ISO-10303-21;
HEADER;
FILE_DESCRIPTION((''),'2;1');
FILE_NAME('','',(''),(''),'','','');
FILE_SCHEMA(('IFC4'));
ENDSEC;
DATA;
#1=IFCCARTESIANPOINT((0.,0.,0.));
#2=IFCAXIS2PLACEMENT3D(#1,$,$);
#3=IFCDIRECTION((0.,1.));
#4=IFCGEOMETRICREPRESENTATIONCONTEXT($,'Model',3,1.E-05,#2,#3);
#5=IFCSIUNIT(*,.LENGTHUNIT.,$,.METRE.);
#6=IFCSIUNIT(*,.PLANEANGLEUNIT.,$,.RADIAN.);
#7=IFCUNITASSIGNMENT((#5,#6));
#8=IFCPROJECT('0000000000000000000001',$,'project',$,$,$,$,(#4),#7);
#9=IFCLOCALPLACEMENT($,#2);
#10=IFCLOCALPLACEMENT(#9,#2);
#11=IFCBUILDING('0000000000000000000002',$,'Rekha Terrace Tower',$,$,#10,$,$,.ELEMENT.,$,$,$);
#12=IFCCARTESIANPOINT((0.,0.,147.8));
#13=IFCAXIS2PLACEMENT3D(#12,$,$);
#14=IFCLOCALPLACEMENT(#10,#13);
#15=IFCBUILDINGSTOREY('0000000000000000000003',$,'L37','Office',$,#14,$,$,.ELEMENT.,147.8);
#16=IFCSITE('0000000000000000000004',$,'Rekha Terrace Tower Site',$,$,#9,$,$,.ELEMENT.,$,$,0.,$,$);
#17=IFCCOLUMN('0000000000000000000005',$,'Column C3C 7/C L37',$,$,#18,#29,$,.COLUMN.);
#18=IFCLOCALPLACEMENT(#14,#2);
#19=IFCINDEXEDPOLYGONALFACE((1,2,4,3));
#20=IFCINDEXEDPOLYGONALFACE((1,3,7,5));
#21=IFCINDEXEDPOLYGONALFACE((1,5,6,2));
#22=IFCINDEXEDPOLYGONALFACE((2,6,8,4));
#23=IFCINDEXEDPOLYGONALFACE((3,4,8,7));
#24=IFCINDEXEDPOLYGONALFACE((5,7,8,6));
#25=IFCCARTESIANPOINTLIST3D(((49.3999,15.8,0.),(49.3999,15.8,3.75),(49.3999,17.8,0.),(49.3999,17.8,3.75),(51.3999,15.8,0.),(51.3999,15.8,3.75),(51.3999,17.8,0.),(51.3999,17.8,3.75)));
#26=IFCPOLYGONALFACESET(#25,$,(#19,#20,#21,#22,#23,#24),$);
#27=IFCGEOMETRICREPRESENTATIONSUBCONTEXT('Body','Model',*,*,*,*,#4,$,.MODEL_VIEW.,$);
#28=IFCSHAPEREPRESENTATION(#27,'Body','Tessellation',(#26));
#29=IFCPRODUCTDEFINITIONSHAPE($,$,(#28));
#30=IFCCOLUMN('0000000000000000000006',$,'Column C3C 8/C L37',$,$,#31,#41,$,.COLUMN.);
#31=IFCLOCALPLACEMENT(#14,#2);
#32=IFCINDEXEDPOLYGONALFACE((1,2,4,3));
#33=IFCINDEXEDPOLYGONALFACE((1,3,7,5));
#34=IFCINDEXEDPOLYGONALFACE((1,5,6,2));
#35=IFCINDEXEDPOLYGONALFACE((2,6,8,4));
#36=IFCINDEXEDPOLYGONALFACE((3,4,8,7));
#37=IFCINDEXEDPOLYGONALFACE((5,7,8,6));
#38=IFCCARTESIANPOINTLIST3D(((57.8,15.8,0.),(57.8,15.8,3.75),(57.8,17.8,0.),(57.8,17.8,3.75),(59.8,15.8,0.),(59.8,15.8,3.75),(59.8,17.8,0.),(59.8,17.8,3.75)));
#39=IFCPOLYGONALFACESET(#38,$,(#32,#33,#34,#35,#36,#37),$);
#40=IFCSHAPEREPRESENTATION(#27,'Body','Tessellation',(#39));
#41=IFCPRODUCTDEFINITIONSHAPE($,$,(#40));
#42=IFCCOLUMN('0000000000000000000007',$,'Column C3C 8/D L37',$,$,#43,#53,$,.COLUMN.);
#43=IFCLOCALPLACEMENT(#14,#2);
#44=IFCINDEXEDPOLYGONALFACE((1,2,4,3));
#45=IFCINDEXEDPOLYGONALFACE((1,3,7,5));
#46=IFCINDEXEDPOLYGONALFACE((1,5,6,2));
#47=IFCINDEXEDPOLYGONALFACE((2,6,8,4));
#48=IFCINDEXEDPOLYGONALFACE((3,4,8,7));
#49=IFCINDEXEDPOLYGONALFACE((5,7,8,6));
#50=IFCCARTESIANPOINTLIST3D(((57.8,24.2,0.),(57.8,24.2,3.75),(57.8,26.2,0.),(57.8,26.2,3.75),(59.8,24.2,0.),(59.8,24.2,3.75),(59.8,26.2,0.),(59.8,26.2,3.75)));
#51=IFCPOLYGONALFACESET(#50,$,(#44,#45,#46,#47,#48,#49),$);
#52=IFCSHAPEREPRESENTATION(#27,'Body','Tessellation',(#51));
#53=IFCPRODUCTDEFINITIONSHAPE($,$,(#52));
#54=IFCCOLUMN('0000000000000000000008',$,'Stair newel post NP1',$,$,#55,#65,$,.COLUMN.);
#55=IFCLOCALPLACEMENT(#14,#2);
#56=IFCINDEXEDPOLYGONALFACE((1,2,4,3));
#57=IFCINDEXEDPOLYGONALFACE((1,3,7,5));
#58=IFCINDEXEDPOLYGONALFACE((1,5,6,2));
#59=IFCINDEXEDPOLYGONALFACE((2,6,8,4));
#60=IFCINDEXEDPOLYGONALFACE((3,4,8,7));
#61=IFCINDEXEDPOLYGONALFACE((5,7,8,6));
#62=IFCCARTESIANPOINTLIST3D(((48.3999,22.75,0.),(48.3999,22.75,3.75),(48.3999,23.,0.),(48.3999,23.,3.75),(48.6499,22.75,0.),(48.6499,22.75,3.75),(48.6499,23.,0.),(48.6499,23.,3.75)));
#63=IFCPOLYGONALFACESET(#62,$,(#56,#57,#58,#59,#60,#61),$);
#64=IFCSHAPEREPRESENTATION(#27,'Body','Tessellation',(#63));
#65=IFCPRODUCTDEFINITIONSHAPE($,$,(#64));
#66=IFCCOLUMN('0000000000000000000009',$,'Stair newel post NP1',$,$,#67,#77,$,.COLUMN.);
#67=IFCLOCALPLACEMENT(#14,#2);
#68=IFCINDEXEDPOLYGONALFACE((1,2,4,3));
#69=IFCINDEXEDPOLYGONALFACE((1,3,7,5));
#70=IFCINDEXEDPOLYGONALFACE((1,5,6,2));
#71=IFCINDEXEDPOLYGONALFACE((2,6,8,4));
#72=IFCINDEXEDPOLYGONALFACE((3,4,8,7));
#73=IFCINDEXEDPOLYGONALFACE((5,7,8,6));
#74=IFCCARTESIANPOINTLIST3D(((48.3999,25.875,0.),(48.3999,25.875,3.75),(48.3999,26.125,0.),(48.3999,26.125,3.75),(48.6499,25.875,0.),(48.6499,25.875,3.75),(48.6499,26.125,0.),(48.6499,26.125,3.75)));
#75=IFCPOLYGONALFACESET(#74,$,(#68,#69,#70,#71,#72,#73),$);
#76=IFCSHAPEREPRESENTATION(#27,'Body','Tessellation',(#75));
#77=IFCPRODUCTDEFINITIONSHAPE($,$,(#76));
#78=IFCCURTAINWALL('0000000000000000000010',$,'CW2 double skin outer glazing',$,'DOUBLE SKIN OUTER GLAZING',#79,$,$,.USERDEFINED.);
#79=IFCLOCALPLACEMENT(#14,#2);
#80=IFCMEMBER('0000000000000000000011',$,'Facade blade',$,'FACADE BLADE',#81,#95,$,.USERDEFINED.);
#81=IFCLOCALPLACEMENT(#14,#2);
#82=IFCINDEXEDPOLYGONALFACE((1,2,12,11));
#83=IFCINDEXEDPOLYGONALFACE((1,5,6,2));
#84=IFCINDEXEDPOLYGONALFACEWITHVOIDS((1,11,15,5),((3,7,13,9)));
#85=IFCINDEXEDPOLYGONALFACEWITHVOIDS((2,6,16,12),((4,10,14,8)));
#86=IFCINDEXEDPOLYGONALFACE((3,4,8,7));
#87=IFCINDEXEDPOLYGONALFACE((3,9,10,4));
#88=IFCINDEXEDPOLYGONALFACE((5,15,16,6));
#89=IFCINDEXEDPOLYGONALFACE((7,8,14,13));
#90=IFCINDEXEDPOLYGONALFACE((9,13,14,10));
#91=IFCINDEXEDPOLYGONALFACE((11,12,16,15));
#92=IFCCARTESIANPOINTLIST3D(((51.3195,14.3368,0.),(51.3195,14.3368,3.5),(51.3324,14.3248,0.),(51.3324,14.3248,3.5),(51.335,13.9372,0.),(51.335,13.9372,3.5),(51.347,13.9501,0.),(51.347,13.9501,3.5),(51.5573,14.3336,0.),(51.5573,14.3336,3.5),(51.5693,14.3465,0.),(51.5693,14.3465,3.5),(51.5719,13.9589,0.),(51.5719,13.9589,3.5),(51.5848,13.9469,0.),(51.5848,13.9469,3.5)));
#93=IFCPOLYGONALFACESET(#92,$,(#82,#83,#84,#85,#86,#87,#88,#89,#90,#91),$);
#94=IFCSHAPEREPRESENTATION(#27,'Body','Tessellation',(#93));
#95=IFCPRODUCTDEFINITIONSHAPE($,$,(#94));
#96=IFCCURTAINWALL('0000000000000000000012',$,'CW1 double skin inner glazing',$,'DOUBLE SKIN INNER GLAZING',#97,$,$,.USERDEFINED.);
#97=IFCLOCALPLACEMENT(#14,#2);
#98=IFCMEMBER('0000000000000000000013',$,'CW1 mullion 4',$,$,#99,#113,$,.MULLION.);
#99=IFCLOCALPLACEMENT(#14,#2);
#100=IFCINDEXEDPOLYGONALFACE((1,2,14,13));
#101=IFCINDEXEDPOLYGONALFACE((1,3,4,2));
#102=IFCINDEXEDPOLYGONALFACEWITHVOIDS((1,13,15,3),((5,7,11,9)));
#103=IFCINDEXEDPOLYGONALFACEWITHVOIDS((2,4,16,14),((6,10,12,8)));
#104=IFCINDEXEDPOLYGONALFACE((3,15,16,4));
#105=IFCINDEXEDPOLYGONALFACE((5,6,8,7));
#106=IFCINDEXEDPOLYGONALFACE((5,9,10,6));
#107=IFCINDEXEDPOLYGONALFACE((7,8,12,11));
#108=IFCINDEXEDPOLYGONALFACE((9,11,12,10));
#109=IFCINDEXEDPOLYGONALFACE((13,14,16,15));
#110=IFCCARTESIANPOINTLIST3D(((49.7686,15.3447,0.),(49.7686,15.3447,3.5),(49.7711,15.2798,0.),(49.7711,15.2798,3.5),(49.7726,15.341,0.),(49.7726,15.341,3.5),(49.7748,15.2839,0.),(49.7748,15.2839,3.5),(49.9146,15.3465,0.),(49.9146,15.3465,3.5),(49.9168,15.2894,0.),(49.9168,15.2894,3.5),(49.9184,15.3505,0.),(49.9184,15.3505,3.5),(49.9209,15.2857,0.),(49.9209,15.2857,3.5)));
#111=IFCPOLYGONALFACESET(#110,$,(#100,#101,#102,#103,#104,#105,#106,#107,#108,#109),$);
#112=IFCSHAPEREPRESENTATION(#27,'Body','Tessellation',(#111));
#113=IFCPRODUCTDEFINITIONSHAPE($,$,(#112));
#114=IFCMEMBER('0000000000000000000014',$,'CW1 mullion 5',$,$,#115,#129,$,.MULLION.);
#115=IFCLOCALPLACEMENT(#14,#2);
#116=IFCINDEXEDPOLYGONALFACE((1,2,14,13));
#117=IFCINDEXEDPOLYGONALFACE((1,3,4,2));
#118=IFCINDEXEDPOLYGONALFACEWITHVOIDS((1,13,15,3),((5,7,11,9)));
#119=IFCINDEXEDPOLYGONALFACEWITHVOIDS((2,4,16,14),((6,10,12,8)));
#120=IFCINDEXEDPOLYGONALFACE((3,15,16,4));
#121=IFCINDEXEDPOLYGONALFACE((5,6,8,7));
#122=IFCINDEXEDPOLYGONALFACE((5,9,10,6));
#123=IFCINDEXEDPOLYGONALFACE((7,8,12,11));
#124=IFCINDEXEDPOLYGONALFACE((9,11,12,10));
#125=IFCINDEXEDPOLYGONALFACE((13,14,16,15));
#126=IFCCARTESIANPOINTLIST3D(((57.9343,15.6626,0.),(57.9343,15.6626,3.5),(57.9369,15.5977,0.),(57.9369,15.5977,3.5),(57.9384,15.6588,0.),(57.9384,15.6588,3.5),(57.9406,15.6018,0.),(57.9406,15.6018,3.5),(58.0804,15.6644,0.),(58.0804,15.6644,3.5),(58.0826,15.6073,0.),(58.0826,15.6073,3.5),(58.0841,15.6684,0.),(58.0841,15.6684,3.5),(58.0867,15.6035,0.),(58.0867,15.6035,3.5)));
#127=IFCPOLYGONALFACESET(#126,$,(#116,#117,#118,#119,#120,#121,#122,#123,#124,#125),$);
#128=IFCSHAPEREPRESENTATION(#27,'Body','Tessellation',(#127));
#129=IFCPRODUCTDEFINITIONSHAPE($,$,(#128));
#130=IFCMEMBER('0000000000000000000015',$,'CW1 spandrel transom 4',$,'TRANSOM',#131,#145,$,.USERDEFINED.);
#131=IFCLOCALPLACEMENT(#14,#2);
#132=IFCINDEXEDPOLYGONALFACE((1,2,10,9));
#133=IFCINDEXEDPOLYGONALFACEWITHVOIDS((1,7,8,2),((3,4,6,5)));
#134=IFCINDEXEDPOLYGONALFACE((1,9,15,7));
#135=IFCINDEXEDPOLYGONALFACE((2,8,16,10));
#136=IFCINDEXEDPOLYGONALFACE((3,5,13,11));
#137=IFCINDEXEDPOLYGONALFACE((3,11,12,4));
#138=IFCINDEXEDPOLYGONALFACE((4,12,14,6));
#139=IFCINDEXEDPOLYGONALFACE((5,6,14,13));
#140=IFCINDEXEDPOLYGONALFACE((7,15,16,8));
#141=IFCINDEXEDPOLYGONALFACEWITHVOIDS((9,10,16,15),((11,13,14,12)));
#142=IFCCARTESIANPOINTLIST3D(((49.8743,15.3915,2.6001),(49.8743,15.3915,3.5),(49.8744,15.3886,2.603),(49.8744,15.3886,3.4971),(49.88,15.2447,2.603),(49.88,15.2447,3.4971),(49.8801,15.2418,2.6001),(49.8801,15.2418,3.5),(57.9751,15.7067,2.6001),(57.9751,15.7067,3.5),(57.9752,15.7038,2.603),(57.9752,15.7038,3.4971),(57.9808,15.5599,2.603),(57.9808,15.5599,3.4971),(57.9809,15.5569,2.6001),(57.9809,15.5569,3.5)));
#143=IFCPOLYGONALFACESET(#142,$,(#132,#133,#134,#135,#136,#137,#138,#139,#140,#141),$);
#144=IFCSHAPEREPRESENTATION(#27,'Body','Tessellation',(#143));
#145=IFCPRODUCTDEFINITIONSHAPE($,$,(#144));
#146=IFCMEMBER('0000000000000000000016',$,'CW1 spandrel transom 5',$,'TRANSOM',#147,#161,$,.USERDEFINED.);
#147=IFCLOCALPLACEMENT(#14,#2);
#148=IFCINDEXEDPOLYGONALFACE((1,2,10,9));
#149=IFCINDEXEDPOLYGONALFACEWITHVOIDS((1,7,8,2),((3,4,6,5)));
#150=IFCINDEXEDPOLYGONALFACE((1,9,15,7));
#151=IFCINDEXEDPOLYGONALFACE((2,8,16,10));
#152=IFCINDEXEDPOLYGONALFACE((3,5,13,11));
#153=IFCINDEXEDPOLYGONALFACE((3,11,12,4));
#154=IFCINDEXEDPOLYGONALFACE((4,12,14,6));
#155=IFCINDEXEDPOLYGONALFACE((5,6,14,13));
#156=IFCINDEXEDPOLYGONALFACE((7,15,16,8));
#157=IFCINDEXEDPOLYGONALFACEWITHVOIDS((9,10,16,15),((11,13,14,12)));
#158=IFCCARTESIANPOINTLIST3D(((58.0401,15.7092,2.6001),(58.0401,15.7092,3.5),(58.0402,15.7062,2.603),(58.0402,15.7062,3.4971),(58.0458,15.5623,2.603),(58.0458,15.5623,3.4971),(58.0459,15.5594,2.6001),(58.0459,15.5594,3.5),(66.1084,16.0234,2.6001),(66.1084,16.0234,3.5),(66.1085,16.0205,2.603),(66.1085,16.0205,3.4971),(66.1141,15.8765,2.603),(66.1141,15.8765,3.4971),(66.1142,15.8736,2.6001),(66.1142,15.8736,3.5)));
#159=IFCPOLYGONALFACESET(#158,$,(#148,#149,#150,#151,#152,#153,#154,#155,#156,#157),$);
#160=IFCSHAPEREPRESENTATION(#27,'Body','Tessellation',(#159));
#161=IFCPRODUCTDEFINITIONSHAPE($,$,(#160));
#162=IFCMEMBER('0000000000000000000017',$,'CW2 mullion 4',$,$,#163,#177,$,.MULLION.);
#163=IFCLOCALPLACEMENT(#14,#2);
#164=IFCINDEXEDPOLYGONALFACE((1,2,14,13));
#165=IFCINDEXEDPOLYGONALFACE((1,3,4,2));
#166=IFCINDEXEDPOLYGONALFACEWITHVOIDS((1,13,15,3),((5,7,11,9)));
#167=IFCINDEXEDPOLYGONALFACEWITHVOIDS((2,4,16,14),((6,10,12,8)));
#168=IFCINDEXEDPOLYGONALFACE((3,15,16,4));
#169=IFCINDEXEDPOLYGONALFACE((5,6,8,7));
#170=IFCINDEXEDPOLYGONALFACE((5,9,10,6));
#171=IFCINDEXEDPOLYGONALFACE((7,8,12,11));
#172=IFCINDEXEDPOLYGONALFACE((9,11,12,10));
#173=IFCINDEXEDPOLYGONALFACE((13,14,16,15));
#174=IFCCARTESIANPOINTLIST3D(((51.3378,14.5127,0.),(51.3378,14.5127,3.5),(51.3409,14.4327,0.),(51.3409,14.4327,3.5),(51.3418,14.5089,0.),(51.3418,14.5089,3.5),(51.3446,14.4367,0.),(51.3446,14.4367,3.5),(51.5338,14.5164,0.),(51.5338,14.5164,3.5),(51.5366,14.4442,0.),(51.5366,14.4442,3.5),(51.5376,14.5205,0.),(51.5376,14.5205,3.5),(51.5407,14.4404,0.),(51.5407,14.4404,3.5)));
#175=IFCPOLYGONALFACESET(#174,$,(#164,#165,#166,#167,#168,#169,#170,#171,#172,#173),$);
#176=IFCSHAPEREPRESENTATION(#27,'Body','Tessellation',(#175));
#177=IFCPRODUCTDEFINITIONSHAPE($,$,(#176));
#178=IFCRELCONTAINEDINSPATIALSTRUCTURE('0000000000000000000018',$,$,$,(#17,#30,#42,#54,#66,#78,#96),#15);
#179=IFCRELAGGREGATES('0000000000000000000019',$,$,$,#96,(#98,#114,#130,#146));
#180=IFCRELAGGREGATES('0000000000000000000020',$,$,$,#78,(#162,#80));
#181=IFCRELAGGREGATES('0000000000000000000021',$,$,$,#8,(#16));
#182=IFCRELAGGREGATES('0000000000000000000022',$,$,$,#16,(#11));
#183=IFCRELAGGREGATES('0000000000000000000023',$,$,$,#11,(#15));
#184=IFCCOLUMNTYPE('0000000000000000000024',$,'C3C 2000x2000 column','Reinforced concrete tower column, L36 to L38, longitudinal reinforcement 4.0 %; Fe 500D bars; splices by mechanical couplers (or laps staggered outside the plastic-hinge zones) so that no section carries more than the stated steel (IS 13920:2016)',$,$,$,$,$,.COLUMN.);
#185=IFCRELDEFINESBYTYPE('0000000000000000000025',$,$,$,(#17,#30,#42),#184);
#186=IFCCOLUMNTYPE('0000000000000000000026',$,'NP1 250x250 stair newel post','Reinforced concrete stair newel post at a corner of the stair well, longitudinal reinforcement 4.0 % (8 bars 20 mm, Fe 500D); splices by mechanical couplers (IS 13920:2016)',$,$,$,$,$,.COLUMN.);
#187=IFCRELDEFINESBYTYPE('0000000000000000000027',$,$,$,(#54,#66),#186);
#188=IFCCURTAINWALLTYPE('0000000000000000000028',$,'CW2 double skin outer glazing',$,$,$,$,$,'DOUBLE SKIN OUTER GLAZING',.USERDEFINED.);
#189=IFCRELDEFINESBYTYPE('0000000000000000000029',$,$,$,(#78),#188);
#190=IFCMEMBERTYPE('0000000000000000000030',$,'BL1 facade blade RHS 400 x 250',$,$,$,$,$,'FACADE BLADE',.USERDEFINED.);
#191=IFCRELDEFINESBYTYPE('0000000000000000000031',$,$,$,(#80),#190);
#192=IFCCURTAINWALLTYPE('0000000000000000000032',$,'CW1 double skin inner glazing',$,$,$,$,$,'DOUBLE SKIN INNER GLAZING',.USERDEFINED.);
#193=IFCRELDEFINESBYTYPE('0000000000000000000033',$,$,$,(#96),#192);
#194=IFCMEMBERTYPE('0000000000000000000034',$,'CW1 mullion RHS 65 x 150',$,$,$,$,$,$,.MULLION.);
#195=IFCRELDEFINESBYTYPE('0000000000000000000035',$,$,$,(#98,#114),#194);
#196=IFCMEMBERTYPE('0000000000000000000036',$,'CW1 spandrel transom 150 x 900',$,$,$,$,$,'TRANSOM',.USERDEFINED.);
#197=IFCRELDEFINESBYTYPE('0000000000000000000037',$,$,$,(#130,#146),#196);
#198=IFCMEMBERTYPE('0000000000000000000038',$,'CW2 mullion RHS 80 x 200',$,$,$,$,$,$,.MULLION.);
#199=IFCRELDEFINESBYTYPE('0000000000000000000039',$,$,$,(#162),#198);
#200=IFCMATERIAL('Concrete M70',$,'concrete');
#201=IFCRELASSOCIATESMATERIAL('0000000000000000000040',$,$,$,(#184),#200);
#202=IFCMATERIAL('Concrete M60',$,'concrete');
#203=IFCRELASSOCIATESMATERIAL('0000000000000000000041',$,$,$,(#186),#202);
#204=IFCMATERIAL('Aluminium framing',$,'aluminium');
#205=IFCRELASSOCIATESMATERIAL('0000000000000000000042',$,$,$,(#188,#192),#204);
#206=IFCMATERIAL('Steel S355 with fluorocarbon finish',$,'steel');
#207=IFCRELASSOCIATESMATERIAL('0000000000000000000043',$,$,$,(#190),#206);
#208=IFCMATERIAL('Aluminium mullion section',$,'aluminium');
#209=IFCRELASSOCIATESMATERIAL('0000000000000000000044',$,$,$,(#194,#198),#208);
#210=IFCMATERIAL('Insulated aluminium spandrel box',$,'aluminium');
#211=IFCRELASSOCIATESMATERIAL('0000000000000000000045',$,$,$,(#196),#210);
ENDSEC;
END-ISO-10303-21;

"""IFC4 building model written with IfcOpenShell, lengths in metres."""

from ifc_helpers import new_model, si_unit, direction, frame, origin, origin_2d, place, context, subcontext, project, spatial, rectangle, hollow_rectangle, extrude, material, material_profile, profile_set, type_object, element, aggregate, save


model = new_model("IFC4")

# Units and contexts
model_context = context("Model", 3, precision=1e-05, world=origin(), true_north=direction((0.0, 1.0)))
body_context = subcontext(model_context, "Body", "Model", "MODEL_VIEW")
ifc_project = project(units=[si_unit("LENGTHUNIT", "METRE"), si_unit("PLANEANGLEUNIT", "RADIAN")], contexts=[model_context])

# Site, building, storey
site_placement = place(None, origin())
site = spatial("IfcSite", under=ifc_project, at=site_placement, Name="Rekha Terrace Tower Site", CompositionType="ELEMENT", RefElevation=0.0)
building_placement = place(site_placement, origin())
building = spatial("IfcBuilding", under=site, at=building_placement, Name="Rekha Terrace Tower", CompositionType="ELEMENT")
storey_placement = place(building_placement, frame((0.0, 0.0, 147.8)))
storey = spatial("IfcBuildingStorey", under=building, at=storey_placement, Name="L37", Description="Office", CompositionType="ELEMENT", Elevation=147.8)

# Columns
ifc_material_1 = material(Name="Concrete M70", Category="concrete")
ifc_material_profile_1 = material_profile(ifc_material_1, rectangle(XDim=2.0, YDim=2.0, at=origin_2d()), Name="RC 2000x2000")
ifc_profile_set_1 = profile_set([ifc_material_profile_1], Name="Concrete M70")
column_type_1 = type_object("IfcColumnType", Name="C3C 2000x2000 column", Description="Reinforced concrete tower column, L36 to L38, longitudinal reinforcement 4.0 %; Fe 500D bars; splices by mechanical couplers (or laps staggered outside the plastic-hinge zones) so that no section carries more than the stated steel (IS 13920:2016)", PredefinedType="COLUMN", material=ifc_profile_set_1)
for number, where, z_axis, x_axis, name in (
    (1, (50.3999, 16.8, 0.0), (0.0, 0.0, 1.0), (1.0, 0.0, 0.0), "Column C3C 7/C L37"),
    (2, (58.8, 16.8, 0.0), (0.0, 0.0, 1.0), (1.0, 0.0, 0.0), "Column C3C 8/C L37"),
    (3, (58.8, 25.2, 0.0), (0.0, 0.0, 1.0), (1.0, 0.0, 0.0), "Column C3C 8/D L37"),
):
    element("IfcColumn", number, at=place(storey_placement, frame(where, z_axis=z_axis, x_axis=x_axis)), inside=storey, type_object=column_type_1, Name=name, PredefinedType="COLUMN", context=body_context, shape_type="SweptSolid", body=[
        extrude(rectangle(XDim=2.0, YDim=2.0, at=origin_2d()), origin(), (0.0, 0.0, 1.0), 3.75),
    ])
ifc_material_2 = material(Name="Concrete M60", Category="concrete")
ifc_material_profile_2 = material_profile(ifc_material_2, rectangle(XDim=0.25, YDim=0.25, at=origin_2d()), Name="RC 250x250")
ifc_profile_set_2 = profile_set([ifc_material_profile_2], Name="Concrete M60")
column_type_2 = type_object("IfcColumnType", Name="NP1 250x250 stair newel post", Description="Reinforced concrete stair newel post at a corner of the stair well, longitudinal reinforcement 4.0 % (8 bars 20 mm, Fe 500D); splices by mechanical couplers (IS 13920:2016)", PredefinedType="COLUMN", material=ifc_profile_set_2)
for number, where, z_axis, x_axis, name in (
    (4, (48.5249, 22.875, 0.0), (0.0, 0.0, 1.0), (1.0, 0.0, 0.0), "Stair newel post NP1"),
    (5, (48.5249, 26.0, 0.0), (0.0, 0.0, 1.0), (1.0, 0.0, 0.0), "Stair newel post NP1"),
):
    element("IfcColumn", number, at=place(storey_placement, frame(where, z_axis=z_axis, x_axis=x_axis)), inside=storey, type_object=column_type_2, Name=name, PredefinedType="COLUMN", context=body_context, shape_type="SweptSolid", body=[
        extrude(rectangle(XDim=0.25, YDim=0.25, at=origin_2d()), origin(), (0.0, 0.0, 1.0), 3.75),
    ])

# Curtain wall, member
ifc_material_3 = material(Name="Aluminium framing", Category="aluminium")
curtain_wall_type_1 = type_object("IfcCurtainWallType", Name="CW2 double skin outer glazing", ElementType="DOUBLE SKIN OUTER GLAZING", PredefinedType="USERDEFINED", material=ifc_material_3)
curtain_wall_1_placement = place(storey_placement, origin())
curtain_wall_1 = element("IfcCurtainWall", 6, at=curtain_wall_1_placement, inside=storey, type_object=curtain_wall_type_1, Name="CW2 double skin outer glazing", ObjectType="DOUBLE SKIN OUTER GLAZING", PredefinedType="USERDEFINED")
ifc_material_4 = material(Name="Steel S355 with fluorocarbon finish", Category="steel")
ifc_material_profile_3 = material_profile(ifc_material_4, hollow_rectangle(XDim=0.25, YDim=0.3999, WallThickness=0.0125, at=origin_2d()), Name="RHS400x250x12.5")
ifc_profile_set_3 = profile_set([ifc_material_profile_3], Name="Steel S355 with fluorocarbon finish")
member_type_1 = type_object("IfcMemberType", Name="BL1 facade blade RHS 400 x 250", ElementType="FACADE BLADE", PredefinedType="USERDEFINED", material=ifc_profile_set_3)
member_1_placement = place(storey_placement, frame((51.4521, 14.1418, 0.0), z_axis=(0.0, 0.0, 1.0), x_axis=(0.999243, 0.03889, 0.0)))
member_1 = element("IfcMember", 7, at=member_1_placement, type_object=member_type_1, Name="Facade blade", ObjectType="FACADE BLADE", PredefinedType="USERDEFINED", context=body_context, shape_type="SweptSolid", body=[
    extrude(hollow_rectangle(XDim=0.25, YDim=0.3999, WallThickness=0.0125, at=origin_2d()), origin(), (0.0, 0.0, 1.0), 3.5),
])

# Curtain wall, members
curtain_wall_type_2 = type_object("IfcCurtainWallType", Name="CW1 double skin inner glazing", ElementType="DOUBLE SKIN INNER GLAZING", PredefinedType="USERDEFINED", material=ifc_material_3)
curtain_wall_2_placement = place(storey_placement, origin())
curtain_wall_2 = element("IfcCurtainWall", 8, at=curtain_wall_2_placement, inside=storey, type_object=curtain_wall_type_2, Name="CW1 double skin inner glazing", ObjectType="DOUBLE SKIN INNER GLAZING", PredefinedType="USERDEFINED")
ifc_material_5 = material(Name="Aluminium mullion section", Category="aluminium")
ifc_material_profile_4 = material_profile(ifc_material_5, hollow_rectangle(XDim=0.0649, YDim=0.1499, WallThickness=0.0039, at=origin_2d()), Name="AL RHS 65x150")
ifc_profile_set_4 = profile_set([ifc_material_profile_4], Name="Aluminium mullion section")
member_type_2 = type_object("IfcMemberType", Name="CW1 mullion RHS 65 x 150", PredefinedType="MULLION", material=ifc_profile_set_4)
member_2_placement = place(storey_placement, frame((49.8447, 15.3152, 0.0), z_axis=(0.0, 0.0, 1.0), x_axis=(-0.03889, 0.999243, 0.0)))
member_2 = element("IfcMember", 9, at=member_2_placement, type_object=member_type_2, Name="CW1 mullion 4", PredefinedType="MULLION", context=body_context, shape_type="SweptSolid", body=[
    extrude(hollow_rectangle(XDim=0.0649, YDim=0.1499, WallThickness=0.0039, at=origin_2d()), origin(), (0.0, 0.0, 1.0), 3.5),
])
member_3_placement = place(storey_placement, frame((58.0105, 15.6331, 0.0), z_axis=(0.0, 0.0, 1.0), x_axis=(-0.03889, 0.999243, 0.0)))
member_3 = element("IfcMember", 10, at=member_3_placement, type_object=member_type_2, Name="CW1 mullion 5", PredefinedType="MULLION", context=body_context, shape_type="SweptSolid", body=[
    extrude(hollow_rectangle(XDim=0.0649, YDim=0.1499, WallThickness=0.0039, at=origin_2d()), origin(), (0.0, 0.0, 1.0), 3.5),
])
ifc_material_6 = material(Name="Insulated aluminium spandrel box", Category="aluminium")
ifc_material_profile_5 = material_profile(ifc_material_6, hollow_rectangle(XDim=0.1499, YDim=0.8999, WallThickness=0.0029, at=origin_2d()), Name="AL SPANDREL BOX 150x900")
ifc_profile_set_5 = profile_set([ifc_material_profile_5], Name="Insulated aluminium spandrel box")
member_type_3 = type_object("IfcMemberType", Name="CW1 spandrel transom 150 x 900", ElementType="TRANSOM", PredefinedType="USERDEFINED", material=ifc_profile_set_5)
member_4_placement = place(storey_placement, frame((49.8772, 15.3167, 3.05), z_axis=(0.999244, 0.038878, 0.0), x_axis=(-0.038878, 0.999244, 0.0)))
member_4 = element("IfcMember", 11, at=member_4_placement, type_object=member_type_3, Name="CW1 spandrel transom 4", ObjectType="TRANSOM", PredefinedType="USERDEFINED", context=body_context, shape_type="SweptSolid", body=[
    extrude(hollow_rectangle(XDim=0.1499, YDim=0.8999, WallThickness=0.0029, at=origin_2d()), origin(), (0.0, 0.0, 1.0), 8.1069),
])
member_5_placement = place(storey_placement, frame((58.043, 15.6343, 3.05), z_axis=(0.999243, 0.038914, 0.0), x_axis=(-0.038914, 0.999243, 0.0)))
member_5 = element("IfcMember", 12, at=member_5_placement, type_object=member_type_3, Name="CW1 spandrel transom 5", ObjectType="TRANSOM", PredefinedType="USERDEFINED", context=body_context, shape_type="SweptSolid", body=[
    extrude(hollow_rectangle(XDim=0.1499, YDim=0.8999, WallThickness=0.0029, at=origin_2d()), origin(), (0.0, 0.0, 1.0), 8.0745),
])

# Member
ifc_material_profile_6 = material_profile(ifc_material_5, hollow_rectangle(XDim=0.0801, YDim=0.2, WallThickness=0.0039, at=origin_2d()), Name="AL RHS 80x200")
ifc_profile_set_6 = profile_set([ifc_material_profile_6], Name="Aluminium mullion section")
member_type_4 = type_object("IfcMemberType", Name="CW2 mullion RHS 80 x 200", PredefinedType="MULLION", material=ifc_profile_set_6)
member_6_placement = place(storey_placement, frame((51.4392, 14.4766, 0.0), z_axis=(0.0, 0.0, 1.0), x_axis=(-0.03889, 0.999243, 0.0)))
member_6 = element("IfcMember", 13, at=member_6_placement, type_object=member_type_4, Name="CW2 mullion 4", PredefinedType="MULLION", context=body_context, shape_type="SweptSolid", body=[
    extrude(hollow_rectangle(XDim=0.0801, YDim=0.2, WallThickness=0.0039, at=origin_2d()), origin(), (0.0, 0.0, 1.0), 3.5),
])

aggregate(curtain_wall_2, [member_2, member_3, member_4, member_5])
aggregate(curtain_wall_1, [member_6, member_1])

save(model, "model.ifc")
